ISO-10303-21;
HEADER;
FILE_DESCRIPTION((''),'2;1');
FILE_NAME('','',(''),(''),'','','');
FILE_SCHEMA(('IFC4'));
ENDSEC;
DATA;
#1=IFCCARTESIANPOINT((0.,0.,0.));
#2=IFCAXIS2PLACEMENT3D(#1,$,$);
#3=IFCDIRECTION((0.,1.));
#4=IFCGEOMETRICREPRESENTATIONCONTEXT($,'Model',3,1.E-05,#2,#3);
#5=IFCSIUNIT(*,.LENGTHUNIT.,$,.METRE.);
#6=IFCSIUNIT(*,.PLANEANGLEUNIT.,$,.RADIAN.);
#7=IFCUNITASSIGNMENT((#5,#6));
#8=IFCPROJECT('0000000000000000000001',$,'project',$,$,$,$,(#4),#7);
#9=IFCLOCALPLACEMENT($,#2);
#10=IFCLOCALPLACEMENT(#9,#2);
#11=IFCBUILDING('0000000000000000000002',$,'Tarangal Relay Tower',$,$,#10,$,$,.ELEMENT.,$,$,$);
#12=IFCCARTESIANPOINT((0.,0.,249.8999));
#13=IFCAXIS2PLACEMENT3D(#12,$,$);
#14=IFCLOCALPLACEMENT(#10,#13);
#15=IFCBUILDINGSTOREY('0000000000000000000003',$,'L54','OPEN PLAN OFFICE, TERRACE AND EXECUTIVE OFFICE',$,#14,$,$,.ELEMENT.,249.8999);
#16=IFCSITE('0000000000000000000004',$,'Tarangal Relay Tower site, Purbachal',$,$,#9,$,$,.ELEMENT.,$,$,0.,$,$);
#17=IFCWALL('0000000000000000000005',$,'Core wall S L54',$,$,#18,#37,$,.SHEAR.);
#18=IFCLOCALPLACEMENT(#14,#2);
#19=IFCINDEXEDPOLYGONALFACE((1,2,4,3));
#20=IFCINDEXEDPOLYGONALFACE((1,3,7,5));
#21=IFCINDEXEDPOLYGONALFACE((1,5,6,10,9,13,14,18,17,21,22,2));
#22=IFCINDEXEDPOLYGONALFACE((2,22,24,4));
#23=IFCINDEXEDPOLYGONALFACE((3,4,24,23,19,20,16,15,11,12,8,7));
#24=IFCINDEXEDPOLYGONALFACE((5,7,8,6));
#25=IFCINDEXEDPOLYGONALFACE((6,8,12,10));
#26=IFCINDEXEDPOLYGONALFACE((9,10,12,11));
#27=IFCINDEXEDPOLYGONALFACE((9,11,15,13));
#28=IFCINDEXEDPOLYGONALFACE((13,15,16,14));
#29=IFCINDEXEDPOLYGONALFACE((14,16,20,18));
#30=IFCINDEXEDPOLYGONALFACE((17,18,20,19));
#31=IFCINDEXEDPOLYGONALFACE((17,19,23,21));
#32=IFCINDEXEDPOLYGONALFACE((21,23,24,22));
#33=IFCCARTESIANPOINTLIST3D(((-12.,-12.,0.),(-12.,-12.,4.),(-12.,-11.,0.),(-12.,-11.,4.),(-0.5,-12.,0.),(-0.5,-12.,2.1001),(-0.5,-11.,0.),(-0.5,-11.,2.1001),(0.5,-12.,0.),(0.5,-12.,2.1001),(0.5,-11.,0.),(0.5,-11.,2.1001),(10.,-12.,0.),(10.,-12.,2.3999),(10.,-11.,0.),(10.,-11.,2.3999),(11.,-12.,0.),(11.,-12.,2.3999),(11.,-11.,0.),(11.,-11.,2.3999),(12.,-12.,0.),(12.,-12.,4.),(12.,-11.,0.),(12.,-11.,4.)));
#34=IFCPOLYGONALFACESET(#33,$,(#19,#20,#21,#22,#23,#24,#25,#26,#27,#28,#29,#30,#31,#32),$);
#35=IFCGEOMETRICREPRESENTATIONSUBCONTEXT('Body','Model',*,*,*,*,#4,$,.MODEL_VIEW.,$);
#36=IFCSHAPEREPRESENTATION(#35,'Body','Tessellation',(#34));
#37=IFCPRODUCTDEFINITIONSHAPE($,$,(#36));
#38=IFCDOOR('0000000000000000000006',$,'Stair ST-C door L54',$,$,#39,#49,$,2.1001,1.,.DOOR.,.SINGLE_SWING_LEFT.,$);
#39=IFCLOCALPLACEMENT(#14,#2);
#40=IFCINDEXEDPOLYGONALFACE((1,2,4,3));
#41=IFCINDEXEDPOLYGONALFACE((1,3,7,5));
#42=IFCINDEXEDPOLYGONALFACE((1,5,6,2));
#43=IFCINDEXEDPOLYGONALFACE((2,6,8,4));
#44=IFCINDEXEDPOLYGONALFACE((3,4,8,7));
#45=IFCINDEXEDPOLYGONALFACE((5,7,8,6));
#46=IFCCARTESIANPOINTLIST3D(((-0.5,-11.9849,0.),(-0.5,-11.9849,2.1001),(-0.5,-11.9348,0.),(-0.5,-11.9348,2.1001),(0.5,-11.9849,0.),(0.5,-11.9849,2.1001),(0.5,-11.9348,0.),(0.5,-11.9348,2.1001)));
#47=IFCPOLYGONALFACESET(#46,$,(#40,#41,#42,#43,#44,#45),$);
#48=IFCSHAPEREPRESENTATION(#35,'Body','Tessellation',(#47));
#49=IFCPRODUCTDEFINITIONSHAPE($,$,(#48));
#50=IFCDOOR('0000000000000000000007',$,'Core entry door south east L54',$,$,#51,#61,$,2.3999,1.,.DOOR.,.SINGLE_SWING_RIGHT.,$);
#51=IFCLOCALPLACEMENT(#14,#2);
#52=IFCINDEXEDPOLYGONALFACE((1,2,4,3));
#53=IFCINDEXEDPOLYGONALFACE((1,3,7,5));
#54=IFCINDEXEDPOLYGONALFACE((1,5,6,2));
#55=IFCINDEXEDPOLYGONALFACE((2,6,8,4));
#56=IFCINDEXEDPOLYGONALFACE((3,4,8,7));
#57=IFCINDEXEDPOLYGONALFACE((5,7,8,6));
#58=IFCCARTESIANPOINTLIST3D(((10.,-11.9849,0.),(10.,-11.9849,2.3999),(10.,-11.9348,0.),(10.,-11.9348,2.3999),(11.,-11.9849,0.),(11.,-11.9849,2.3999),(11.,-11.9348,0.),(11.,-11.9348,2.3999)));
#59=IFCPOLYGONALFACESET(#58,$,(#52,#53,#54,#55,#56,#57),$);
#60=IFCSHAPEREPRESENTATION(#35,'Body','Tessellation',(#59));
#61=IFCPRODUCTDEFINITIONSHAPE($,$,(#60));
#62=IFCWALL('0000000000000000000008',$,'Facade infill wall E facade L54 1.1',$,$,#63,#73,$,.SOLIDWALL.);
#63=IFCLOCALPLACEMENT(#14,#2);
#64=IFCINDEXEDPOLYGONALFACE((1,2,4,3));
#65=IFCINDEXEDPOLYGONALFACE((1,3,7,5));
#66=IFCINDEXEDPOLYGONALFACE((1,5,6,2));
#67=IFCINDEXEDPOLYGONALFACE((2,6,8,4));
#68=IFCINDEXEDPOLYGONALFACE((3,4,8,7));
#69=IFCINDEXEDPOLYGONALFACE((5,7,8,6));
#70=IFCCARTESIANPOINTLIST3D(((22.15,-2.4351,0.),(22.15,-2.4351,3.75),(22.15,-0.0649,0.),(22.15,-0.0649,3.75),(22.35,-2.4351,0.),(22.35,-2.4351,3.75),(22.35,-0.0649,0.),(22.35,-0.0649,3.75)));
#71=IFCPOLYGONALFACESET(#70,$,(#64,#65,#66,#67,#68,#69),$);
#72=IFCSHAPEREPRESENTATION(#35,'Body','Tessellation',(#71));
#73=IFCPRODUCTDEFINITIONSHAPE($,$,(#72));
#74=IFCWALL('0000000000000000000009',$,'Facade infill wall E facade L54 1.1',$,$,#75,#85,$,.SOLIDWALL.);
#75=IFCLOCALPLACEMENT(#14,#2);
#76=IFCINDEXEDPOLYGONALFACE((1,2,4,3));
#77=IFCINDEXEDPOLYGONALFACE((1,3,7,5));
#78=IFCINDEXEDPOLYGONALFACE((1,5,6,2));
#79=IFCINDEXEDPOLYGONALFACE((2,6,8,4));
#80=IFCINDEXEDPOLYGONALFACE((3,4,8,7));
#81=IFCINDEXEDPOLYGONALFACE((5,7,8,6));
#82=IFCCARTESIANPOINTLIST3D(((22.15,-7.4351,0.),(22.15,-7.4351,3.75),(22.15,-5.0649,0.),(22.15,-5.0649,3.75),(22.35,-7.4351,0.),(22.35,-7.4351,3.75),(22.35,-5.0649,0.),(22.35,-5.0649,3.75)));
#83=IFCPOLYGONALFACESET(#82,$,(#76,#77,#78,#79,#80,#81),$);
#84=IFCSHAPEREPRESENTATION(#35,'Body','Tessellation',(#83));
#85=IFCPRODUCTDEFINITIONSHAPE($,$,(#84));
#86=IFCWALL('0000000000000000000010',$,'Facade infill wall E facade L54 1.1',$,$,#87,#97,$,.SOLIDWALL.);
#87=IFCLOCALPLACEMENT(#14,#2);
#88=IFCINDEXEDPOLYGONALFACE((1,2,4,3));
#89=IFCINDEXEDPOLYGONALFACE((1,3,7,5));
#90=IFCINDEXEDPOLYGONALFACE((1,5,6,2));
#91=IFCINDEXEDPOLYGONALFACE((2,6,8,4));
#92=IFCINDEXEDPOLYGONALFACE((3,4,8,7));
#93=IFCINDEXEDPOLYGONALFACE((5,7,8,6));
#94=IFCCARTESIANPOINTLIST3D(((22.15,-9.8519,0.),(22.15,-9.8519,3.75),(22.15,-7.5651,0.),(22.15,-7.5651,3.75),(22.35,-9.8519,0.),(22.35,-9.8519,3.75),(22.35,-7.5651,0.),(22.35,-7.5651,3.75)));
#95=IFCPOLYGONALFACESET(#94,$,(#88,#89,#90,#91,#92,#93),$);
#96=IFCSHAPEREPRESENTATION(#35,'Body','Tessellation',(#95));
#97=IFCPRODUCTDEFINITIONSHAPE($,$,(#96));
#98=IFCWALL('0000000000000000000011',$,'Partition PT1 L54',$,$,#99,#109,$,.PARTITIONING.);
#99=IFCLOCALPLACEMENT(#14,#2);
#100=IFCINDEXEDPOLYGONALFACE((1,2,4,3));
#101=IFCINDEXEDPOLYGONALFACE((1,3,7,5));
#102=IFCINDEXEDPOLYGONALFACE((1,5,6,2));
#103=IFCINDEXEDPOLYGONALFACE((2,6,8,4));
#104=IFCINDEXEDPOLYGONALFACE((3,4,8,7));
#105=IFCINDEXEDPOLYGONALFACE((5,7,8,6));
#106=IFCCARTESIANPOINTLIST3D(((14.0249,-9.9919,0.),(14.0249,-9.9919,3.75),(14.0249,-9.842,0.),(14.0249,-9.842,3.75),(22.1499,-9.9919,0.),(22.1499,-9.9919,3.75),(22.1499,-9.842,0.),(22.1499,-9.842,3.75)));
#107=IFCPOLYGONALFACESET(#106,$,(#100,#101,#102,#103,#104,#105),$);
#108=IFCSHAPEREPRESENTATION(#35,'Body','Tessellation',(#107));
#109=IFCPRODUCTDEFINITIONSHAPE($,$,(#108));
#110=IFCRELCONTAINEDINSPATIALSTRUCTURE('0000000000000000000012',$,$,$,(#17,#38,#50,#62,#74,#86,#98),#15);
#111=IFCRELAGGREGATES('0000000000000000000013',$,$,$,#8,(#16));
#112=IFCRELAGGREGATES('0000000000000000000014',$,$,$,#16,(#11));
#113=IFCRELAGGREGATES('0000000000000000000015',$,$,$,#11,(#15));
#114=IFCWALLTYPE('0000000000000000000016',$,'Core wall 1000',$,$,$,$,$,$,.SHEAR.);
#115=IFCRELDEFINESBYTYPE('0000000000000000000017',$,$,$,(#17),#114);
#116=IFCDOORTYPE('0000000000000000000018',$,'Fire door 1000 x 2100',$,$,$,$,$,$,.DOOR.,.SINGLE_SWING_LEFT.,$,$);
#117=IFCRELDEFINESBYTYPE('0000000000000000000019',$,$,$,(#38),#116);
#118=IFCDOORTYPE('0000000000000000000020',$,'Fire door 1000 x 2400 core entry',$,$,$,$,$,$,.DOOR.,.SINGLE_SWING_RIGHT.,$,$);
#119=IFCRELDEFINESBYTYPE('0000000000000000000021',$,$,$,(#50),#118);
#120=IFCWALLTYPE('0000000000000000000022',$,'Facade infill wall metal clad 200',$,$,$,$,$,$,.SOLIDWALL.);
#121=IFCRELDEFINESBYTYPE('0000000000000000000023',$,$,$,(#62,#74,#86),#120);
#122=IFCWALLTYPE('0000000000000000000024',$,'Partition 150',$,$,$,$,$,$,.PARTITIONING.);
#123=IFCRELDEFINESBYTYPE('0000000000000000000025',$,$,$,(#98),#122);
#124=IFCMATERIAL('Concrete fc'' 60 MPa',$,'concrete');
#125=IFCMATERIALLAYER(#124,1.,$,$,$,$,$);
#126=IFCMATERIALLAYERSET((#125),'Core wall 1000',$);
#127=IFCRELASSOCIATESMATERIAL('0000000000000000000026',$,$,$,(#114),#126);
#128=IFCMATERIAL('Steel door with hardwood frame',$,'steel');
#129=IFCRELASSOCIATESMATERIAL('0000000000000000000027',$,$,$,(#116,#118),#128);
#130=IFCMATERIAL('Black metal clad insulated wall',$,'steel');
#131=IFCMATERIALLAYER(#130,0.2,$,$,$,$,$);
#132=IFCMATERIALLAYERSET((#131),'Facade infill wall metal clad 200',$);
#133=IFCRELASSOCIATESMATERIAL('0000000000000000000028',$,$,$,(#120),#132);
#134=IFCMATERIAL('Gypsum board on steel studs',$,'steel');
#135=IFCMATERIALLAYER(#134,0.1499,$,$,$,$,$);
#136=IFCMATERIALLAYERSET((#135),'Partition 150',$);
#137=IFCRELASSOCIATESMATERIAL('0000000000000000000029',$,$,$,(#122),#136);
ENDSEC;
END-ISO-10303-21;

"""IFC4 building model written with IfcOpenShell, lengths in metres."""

from ifc_helpers import new_model, si_unit, direction, frame, frame_2d, origin, place, context, subcontext, project, spatial, rectangle, extrude, material, layer, layer_set, type_object, element, fill, save


model = new_model("IFC4")

# Units and contexts
model_context = context("Model", 3, precision=1e-05, world=origin(), true_north=direction((0.0, 1.0)))
body_context = subcontext(model_context, "Body", "Model", "MODEL_VIEW")
ifc_project = project(units=[si_unit("LENGTHUNIT", "METRE"), si_unit("PLANEANGLEUNIT", "RADIAN")], contexts=[model_context])

# Site, building, storey
site_placement = place(None, origin())
site = spatial("IfcSite", under=ifc_project, at=site_placement, Name="Tarangal Relay Tower site, Purbachal", CompositionType="ELEMENT", RefElevation=0.0)
building_placement = place(site_placement, origin())
building = spatial("IfcBuilding", under=site, at=building_placement, Name="Tarangal Relay Tower", CompositionType="ELEMENT")
storey_placement = place(building_placement, frame((0.0, 0.0, 249.8999)))
storey = spatial("IfcBuildingStorey", under=building, at=storey_placement, Name="L54", Description="OPEN PLAN OFFICE, TERRACE AND EXECUTIVE OFFICE", CompositionType="ELEMENT", Elevation=249.8999)

# Wall, openings, doors
ifc_material_1 = material(Name="Steel door with hardwood frame", Category="steel")
ifc_material_2 = material(Name="Concrete fc' 60 MPa", Category="concrete")
ifc_layer_1 = layer(ifc_material_2, 1.0)
ifc_layer_set_1 = layer_set([ifc_layer_1], Name="Core wall 1000")
wall_type_1 = type_object("IfcWallType", Name="Core wall 1000", PredefinedType="SHEAR", material=ifc_layer_set_1)
wall_1_placement = place(storey_placement, frame((12.0, -11.5, 0.0), z_axis=(0.0, 0.0, 1.0), x_axis=(-1.0, 0.0, 0.0)))
wall_1 = element("IfcWall", 1, at=wall_1_placement, inside=storey, type_object=wall_type_1, Name="Core wall S L54", PredefinedType="SHEAR", context=body_context, shape_type="SweptSolid", body=[
    extrude(rectangle(XDim=24.0, YDim=1.0, at=frame_2d((12.0, 0.0))), origin(), (0.0, 0.0, 1.0), 4.0),
])
opening_1_placement = place(wall_1_placement, frame((11.5, 0.0, 0.0)))
opening_1 = element("IfcOpeningElement", 2, at=opening_1_placement, cuts=wall_1, PredefinedType="OPENING", context=body_context, shape_type="SweptSolid", body=[
    extrude(rectangle(XDim=1.0, YDim=2.1001, at=frame_2d((0.5, 1.05))), frame((0.0, 0.51, 0.0), z_axis=(0.0, -1.0, 0.0), x_axis=(1.0, 0.0, 0.0)), (0.0, 0.0, 1.0), 1.02),
])
opening_2_placement = place(wall_1_placement, frame((1.0, 0.0, 0.0)))
opening_2 = element("IfcOpeningElement", 3, at=opening_2_placement, cuts=wall_1, PredefinedType="OPENING", context=body_context, shape_type="SweptSolid", body=[
    extrude(rectangle(XDim=1.0, YDim=2.3999, at=frame_2d((0.5, 1.2))), frame((0.0, 0.51, 0.0), z_axis=(0.0, -1.0, 0.0), x_axis=(1.0, 0.0, 0.0)), (0.0, 0.0, 1.0), 1.02),
])
door_type_1 = type_object("IfcDoorType", Name="Fire door 1000 x 2100", OperationType="SINGLE_SWING_LEFT", PredefinedType="DOOR", material=ifc_material_1)
door_1_placement = place(opening_1_placement, origin())
door_1 = element("IfcDoor", 4, at=door_1_placement, inside=storey, type_object=door_type_1, Name="Stair ST-C door L54", OperationType="SINGLE_SWING_LEFT", OverallHeight=2.1001, OverallWidth=1.0, PredefinedType="DOOR", context=body_context, shape_type="SweptSolid", body=[
    extrude(rectangle(XDim=1.0, YDim=2.1001, at=frame_2d((0.5, 1.05))), frame((0.0, 0.4849, 0.0), z_axis=(0.0, -1.0, 0.0), x_axis=(1.0, 0.0, 0.0)), (0.0, 0.0, 1.0), 0.05),
])
fill(opening_1, door_1)
door_type_2 = type_object("IfcDoorType", Name="Fire door 1000 x 2400 core entry", OperationType="SINGLE_SWING_RIGHT", PredefinedType="DOOR", material=ifc_material_1)
door_2_placement = place(opening_2_placement, origin())
door_2 = element("IfcDoor", 5, at=door_2_placement, inside=storey, type_object=door_type_2, Name="Core entry door south east L54", OperationType="SINGLE_SWING_RIGHT", OverallHeight=2.3999, OverallWidth=1.0, PredefinedType="DOOR", context=body_context, shape_type="SweptSolid", body=[
    extrude(rectangle(XDim=1.0, YDim=2.3999, at=frame_2d((0.5, 1.2))), frame((0.0, 0.4849, 0.0), z_axis=(0.0, -1.0, 0.0), x_axis=(1.0, 0.0, 0.0)), (0.0, 0.0, 1.0), 0.05),
])
fill(opening_2, door_2)

# Walls
ifc_material_3 = material(Name="Black metal clad insulated wall", Category="steel")
ifc_layer_2 = layer(ifc_material_3, 0.2)
ifc_layer_set_2 = layer_set([ifc_layer_2], Name="Facade infill wall metal clad 200")
wall_type_2 = type_object("IfcWallType", Name="Facade infill wall metal clad 200", PredefinedType="SOLIDWALL", material=ifc_layer_set_2)
for number, where, z_axis, x_axis, name in (
    (6, (22.25, -0.0649, 0.0), (0.0, 0.0, 1.0), (0.0, -1.0, 0.0), "Facade infill wall E facade L54 1.1"),
    (7, (22.25, -5.0649, 0.0), (0.0, 0.0, 1.0), (0.0, -1.0, 0.0), "Facade infill wall E facade L54 1.1"),
):
    element("IfcWall", number, at=place(storey_placement, frame(where, z_axis=z_axis, x_axis=x_axis)), inside=storey, type_object=wall_type_2, Name=name, PredefinedType="SOLIDWALL", context=body_context, shape_type="SweptSolid", body=[
        extrude(rectangle(XDim=2.3701, YDim=0.2, at=frame_2d((1.1851, 0.0))), origin(), (0.0, 0.0, 1.0), 3.75),
    ])
wall_2_placement = place(storey_placement, frame((22.25, -7.5649, 0.0), z_axis=(0.0, 0.0, 1.0), x_axis=(0.0, -1.0, 0.0)))
element("IfcWall", 8, at=wall_2_placement, inside=storey, type_object=wall_type_2, Name="Facade infill wall E facade L54 1.1", PredefinedType="SOLIDWALL", context=body_context, shape_type="SweptSolid", body=[
    extrude(rectangle(XDim=2.2869, YDim=0.2, at=frame_2d((1.1436, 0.0))), origin(), (0.0, 0.0, 1.0), 3.75),
])
ifc_material_4 = material(Name="Gypsum board on steel studs", Category="steel")
ifc_layer_3 = layer(ifc_material_4, 0.1499)
ifc_layer_set_3 = layer_set([ifc_layer_3], Name="Partition 150")
wall_type_3 = type_object("IfcWallType", Name="Partition 150", PredefinedType="PARTITIONING", material=ifc_layer_set_3)
wall_3_placement = place(storey_placement, frame((14.0249, -9.917, 0.0), z_axis=(0.0, 0.0, 1.0), x_axis=(1.0, 0.0, 0.0)))
element("IfcWall", 9, at=wall_3_placement, inside=storey, type_object=wall_type_3, Name="Partition PT1 L54", PredefinedType="PARTITIONING", context=body_context, shape_type="SweptSolid", body=[
    extrude(rectangle(XDim=8.125, YDim=0.1499, at=frame_2d((4.0625, 0.0))), origin(), (0.0, 0.0, 1.0), 3.75),
])

save(model, "model.ifc")
